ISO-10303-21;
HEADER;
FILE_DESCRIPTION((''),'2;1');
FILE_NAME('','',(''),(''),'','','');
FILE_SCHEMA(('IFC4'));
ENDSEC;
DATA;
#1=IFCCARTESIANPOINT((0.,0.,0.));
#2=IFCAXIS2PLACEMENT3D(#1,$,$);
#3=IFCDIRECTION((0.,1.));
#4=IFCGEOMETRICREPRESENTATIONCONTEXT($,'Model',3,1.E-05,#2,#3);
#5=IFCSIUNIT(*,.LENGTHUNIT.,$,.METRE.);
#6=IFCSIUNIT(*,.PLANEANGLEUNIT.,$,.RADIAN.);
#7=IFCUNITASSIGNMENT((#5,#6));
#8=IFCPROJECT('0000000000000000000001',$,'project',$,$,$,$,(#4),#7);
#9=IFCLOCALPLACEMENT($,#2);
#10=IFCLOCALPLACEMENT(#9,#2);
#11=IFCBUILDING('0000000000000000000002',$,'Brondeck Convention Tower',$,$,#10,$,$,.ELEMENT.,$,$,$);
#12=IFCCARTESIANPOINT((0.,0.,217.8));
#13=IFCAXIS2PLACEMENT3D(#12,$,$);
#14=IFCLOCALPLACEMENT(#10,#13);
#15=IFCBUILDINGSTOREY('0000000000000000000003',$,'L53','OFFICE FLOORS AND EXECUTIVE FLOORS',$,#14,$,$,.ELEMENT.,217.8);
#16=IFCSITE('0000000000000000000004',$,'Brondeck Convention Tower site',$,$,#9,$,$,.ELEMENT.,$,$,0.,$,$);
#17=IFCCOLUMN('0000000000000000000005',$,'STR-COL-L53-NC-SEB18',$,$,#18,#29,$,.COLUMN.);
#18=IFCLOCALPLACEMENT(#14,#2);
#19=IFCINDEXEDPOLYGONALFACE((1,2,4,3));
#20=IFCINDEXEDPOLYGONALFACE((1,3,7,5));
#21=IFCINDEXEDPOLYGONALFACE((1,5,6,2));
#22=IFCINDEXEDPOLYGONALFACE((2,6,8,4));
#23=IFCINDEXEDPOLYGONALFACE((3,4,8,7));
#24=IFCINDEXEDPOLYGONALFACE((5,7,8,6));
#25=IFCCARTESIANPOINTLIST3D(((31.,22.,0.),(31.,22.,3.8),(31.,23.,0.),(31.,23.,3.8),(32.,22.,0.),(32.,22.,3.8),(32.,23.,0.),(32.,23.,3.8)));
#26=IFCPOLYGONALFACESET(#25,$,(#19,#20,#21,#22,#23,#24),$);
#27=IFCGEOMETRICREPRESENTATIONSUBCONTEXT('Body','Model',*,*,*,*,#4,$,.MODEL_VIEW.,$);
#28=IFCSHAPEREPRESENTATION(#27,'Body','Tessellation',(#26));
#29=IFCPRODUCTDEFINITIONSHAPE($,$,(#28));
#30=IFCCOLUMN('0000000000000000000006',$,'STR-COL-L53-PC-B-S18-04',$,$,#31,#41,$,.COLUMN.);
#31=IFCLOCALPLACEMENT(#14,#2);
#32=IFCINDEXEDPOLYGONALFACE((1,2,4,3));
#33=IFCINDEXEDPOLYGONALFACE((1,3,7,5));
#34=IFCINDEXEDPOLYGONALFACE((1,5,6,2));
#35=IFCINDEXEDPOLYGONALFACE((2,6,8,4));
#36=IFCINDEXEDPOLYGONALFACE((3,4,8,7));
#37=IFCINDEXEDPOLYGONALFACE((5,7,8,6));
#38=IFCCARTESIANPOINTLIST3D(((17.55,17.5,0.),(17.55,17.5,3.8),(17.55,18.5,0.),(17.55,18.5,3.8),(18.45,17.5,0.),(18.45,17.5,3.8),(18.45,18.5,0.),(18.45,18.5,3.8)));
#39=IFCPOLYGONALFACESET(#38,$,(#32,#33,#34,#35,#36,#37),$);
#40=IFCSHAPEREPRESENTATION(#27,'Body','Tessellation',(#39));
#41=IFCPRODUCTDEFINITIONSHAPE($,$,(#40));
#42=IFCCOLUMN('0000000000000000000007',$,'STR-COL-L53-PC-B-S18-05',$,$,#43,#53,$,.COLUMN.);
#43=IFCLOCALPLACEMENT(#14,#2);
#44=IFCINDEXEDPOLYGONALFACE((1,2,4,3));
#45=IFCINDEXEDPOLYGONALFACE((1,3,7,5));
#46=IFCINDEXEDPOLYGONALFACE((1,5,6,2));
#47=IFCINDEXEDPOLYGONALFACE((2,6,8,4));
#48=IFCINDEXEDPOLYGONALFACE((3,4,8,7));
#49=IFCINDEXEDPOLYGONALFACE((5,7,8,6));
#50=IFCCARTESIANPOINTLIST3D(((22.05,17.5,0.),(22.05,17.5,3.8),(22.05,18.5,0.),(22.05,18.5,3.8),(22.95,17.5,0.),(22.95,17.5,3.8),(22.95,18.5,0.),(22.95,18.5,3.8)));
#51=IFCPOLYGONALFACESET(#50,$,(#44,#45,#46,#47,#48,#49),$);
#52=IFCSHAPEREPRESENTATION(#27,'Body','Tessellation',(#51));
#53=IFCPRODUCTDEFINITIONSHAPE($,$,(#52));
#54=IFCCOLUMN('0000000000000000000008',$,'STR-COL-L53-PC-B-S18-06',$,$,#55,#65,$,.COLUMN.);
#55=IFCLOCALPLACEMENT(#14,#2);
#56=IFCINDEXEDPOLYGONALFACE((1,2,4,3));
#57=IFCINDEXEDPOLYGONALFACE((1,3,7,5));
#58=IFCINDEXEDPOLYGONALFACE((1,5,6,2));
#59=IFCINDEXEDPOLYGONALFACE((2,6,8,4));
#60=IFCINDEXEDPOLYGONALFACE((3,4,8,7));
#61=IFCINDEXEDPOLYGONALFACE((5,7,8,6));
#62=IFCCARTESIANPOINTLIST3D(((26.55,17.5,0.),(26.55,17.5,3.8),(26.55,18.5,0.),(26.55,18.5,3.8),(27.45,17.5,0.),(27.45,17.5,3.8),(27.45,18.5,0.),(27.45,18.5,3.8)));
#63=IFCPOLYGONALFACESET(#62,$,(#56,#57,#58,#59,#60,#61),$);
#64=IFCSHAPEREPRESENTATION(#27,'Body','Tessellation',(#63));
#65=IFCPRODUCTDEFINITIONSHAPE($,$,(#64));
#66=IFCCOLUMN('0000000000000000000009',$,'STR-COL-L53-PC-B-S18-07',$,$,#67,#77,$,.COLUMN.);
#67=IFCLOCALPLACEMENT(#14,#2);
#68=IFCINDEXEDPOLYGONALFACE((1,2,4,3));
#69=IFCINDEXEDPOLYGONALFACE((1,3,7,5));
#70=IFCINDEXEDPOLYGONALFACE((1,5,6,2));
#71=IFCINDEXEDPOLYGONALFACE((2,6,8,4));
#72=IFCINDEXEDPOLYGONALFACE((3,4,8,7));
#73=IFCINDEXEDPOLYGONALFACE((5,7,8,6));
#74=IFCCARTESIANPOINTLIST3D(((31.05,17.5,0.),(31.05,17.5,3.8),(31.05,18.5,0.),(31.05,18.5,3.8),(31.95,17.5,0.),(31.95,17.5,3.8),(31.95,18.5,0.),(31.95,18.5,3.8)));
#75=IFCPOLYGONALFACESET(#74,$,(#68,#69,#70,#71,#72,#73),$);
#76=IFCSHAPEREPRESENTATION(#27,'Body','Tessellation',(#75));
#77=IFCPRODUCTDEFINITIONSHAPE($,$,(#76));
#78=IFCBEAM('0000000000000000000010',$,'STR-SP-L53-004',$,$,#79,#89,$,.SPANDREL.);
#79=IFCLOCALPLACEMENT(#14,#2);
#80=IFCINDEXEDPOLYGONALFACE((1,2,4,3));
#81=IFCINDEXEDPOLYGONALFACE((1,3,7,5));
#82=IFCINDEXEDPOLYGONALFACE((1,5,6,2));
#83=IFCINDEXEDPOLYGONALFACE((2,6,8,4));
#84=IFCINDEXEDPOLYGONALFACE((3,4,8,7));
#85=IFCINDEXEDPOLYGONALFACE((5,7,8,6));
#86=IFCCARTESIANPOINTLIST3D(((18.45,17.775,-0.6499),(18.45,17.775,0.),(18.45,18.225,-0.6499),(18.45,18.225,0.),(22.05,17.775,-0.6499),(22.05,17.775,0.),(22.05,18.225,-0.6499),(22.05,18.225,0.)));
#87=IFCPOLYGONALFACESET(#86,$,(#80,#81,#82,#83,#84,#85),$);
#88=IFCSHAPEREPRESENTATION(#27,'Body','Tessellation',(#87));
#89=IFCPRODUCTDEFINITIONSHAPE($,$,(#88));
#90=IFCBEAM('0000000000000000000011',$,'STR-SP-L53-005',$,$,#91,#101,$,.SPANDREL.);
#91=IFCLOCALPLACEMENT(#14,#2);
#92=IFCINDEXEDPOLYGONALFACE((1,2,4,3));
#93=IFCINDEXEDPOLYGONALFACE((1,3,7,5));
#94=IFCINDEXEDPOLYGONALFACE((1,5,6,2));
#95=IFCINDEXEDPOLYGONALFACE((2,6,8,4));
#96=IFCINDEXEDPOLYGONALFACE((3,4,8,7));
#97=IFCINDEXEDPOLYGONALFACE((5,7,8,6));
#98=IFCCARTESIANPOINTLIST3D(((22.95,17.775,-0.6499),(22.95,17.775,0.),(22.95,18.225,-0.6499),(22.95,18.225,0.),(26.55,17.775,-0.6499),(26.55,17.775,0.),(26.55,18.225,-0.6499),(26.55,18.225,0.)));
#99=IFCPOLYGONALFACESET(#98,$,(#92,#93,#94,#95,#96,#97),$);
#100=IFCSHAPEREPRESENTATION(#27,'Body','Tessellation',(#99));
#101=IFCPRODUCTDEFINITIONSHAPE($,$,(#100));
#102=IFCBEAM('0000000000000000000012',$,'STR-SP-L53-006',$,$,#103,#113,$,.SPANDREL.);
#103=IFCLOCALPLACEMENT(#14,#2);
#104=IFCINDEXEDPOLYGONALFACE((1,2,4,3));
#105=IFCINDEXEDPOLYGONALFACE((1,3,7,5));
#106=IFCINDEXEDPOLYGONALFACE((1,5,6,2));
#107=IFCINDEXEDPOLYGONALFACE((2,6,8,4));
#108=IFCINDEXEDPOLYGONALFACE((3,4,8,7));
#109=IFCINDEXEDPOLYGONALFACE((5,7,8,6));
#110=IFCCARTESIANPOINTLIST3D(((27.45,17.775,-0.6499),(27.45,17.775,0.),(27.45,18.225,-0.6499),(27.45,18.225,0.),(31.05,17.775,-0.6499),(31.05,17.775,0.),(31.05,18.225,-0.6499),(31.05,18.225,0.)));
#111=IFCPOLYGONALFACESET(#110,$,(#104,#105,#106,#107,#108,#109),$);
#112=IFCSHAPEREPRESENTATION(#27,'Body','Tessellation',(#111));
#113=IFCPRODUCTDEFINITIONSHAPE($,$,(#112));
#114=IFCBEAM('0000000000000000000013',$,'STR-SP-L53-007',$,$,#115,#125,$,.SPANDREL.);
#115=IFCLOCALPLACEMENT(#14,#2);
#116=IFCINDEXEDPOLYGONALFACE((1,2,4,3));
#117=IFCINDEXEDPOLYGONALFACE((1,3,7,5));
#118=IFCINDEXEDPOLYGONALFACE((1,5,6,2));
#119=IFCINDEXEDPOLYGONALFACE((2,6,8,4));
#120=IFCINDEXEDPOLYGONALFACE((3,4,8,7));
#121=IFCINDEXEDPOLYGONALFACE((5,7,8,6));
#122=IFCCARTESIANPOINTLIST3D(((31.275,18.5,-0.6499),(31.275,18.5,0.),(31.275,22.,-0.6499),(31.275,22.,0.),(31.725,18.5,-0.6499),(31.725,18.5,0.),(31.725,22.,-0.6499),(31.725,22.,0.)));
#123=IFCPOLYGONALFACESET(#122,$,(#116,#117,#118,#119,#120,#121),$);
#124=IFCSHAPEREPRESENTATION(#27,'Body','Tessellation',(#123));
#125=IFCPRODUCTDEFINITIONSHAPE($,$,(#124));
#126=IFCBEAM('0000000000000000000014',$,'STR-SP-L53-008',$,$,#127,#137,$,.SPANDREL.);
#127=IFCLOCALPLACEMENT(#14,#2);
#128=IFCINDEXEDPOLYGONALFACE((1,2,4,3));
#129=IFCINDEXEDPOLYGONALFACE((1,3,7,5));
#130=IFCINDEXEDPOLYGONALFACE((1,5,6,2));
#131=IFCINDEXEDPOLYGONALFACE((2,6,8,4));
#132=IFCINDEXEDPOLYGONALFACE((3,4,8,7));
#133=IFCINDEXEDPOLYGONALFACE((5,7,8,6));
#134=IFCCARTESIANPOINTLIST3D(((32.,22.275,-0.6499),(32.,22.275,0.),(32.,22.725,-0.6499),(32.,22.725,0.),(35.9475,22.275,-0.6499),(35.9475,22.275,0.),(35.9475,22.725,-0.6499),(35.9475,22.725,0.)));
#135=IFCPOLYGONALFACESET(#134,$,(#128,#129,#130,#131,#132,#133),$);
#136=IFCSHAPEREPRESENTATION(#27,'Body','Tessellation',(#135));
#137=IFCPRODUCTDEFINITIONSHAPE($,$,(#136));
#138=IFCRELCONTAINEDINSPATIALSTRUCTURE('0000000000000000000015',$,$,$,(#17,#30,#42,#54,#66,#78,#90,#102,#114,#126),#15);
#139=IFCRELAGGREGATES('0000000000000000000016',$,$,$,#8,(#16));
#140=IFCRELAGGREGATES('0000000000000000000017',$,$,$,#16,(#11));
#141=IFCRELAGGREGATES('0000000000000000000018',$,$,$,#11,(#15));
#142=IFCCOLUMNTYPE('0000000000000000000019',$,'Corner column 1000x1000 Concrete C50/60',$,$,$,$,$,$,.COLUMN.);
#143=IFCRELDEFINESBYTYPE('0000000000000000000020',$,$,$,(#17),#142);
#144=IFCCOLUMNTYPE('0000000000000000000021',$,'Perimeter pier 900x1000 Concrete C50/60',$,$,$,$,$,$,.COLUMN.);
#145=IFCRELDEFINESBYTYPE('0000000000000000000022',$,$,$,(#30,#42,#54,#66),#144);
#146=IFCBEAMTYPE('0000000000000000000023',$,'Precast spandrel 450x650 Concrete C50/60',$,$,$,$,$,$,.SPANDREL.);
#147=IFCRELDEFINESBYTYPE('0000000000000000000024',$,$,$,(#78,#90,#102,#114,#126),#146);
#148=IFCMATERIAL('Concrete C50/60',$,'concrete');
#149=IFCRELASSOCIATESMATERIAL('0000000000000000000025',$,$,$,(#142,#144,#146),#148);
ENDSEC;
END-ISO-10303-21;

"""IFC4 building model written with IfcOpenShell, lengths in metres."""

from ifc_helpers import new_model, si_unit, direction, frame, origin, origin_2d, place, context, subcontext, project, spatial, rectangle, extrude, material, material_profile, profile_set, type_object, element, save


model = new_model("IFC4")

# Units and contexts
model_context = context("Model", 3, precision=1e-05, world=origin(), true_north=direction((0.0, 1.0)))
body_context = subcontext(model_context, "Body", "Model", "MODEL_VIEW")
ifc_project = project(units=[si_unit("LENGTHUNIT", "METRE"), si_unit("PLANEANGLEUNIT", "RADIAN")], contexts=[model_context])

# Site, building, storey
site_placement = place(None, origin())
site = spatial("IfcSite", under=ifc_project, at=site_placement, Name="Brondeck Convention Tower site", CompositionType="ELEMENT", RefElevation=0.0)
building_placement = place(site_placement, origin())
building = spatial("IfcBuilding", under=site, at=building_placement, Name="Brondeck Convention Tower", CompositionType="ELEMENT")
storey_placement = place(building_placement, frame((0.0, 0.0, 217.8)))
storey = spatial("IfcBuildingStorey", under=building, at=storey_placement, Name="L53", Description="OFFICE FLOORS AND EXECUTIVE FLOORS", CompositionType="ELEMENT", Elevation=217.8)

# Columns
ifc_material_1 = material(Name="Concrete C50/60", Category="concrete")
ifc_material_profile_1 = material_profile(ifc_material_1, rectangle(XDim=1.0, YDim=1.0, at=origin_2d()), Name="Corner column 1000x1000 Concrete C50/60")
ifc_profile_set_1 = profile_set([ifc_material_profile_1], Name="Concrete C50/60")
column_type_1 = type_object("IfcColumnType", Name="Corner column 1000x1000 Concrete C50/60", PredefinedType="COLUMN", material=ifc_profile_set_1)
column_placement = place(storey_placement, frame((31.5, 22.5, 0.0), z_axis=(0.0, 0.0, 1.0), x_axis=(1.0, 0.0, 0.0)))
element("IfcColumn", 1, at=column_placement, inside=storey, type_object=column_type_1, Name="STR-COL-L53-NC-SEB18", PredefinedType="COLUMN", context=body_context, shape_type="SweptSolid", body=[
    extrude(rectangle(XDim=1.0, YDim=1.0, at=origin_2d()), origin(), (0.0, 0.0, 1.0), 3.8),
])
ifc_material_profile_2 = material_profile(ifc_material_1, rectangle(XDim=0.8999, YDim=1.0, at=origin_2d()), Name="Perimeter pier 900x1000 Concrete C50/60")
ifc_profile_set_2 = profile_set([ifc_material_profile_2], Name="Concrete C50/60")
column_type_2 = type_object("IfcColumnType", Name="Perimeter pier 900x1000 Concrete C50/60", PredefinedType="COLUMN", material=ifc_profile_set_2)
for number, where, z_axis, x_axis, name in (
    (2, (18.0, 18.0, 0.0), (0.0, 0.0, 1.0), (1.0, 0.0, 0.0), "STR-COL-L53-PC-B-S18-04"),
    (3, (22.5, 18.0, 0.0), (0.0, 0.0, 1.0), (1.0, 0.0, 0.0), "STR-COL-L53-PC-B-S18-05"),
    (4, (27.0, 18.0, 0.0), (0.0, 0.0, 1.0), (1.0, 0.0, 0.0), "STR-COL-L53-PC-B-S18-06"),
    (5, (31.5, 18.0, 0.0), (0.0, 0.0, 1.0), (1.0, 0.0, 0.0), "STR-COL-L53-PC-B-S18-07"),
):
    element("IfcColumn", number, at=place(storey_placement, frame(where, z_axis=z_axis, x_axis=x_axis)), inside=storey, type_object=column_type_2, Name=name, PredefinedType="COLUMN", context=body_context, shape_type="SweptSolid", body=[
        extrude(rectangle(XDim=0.8999, YDim=1.0, at=origin_2d()), origin(), (0.0, 0.0, 1.0), 3.8),
    ])

# Beams
ifc_material_profile_3 = material_profile(ifc_material_1, rectangle(XDim=0.45, YDim=0.6499, at=origin_2d()), Name="Precast spandrel 450x650 Concrete C50/60")
ifc_profile_set_3 = profile_set([ifc_material_profile_3], Name="Concrete C50/60")
beam_type = type_object("IfcBeamType", Name="Precast spandrel 450x650 Concrete C50/60", PredefinedType="SPANDREL", material=ifc_profile_set_3)
for number, where, z_axis, x_axis, name in (
    (6, (18.45, 18.0, -0.325), (1.0, 0.0, 0.0), (0.0, 1.0, 0.0), "STR-SP-L53-004"),
    (7, (22.95, 18.0, -0.325), (1.0, 0.0, 0.0), (0.0, 1.0, 0.0), "STR-SP-L53-005"),
    (8, (27.45, 18.0, -0.325), (1.0, 0.0, 0.0), (0.0, 1.0, 0.0), "STR-SP-L53-006"),
):
    element("IfcBeam", number, at=place(storey_placement, frame(where, z_axis=z_axis, x_axis=x_axis)), inside=storey, type_object=beam_type, Name=name, PredefinedType="SPANDREL", context=body_context, shape_type="SweptSolid", body=[
        extrude(rectangle(XDim=0.45, YDim=0.6499, at=origin_2d()), origin(), (0.0, 0.0, 1.0), 3.6001),
    ])
beam_1_placement = place(storey_placement, frame((31.5, 18.5, -0.325), z_axis=(0.0, 1.0, 0.0), x_axis=(-1.0, 0.0, 0.0)))
element("IfcBeam", 9, at=beam_1_placement, inside=storey, type_object=beam_type, Name="STR-SP-L53-007", PredefinedType="SPANDREL", context=body_context, shape_type="SweptSolid", body=[
    extrude(rectangle(XDim=0.45, YDim=0.6499, at=origin_2d()), origin(), (0.0, 0.0, 1.0), 3.5),
])
beam_2_placement = place(storey_placement, frame((32.0, 22.5, -0.325), z_axis=(1.0, 0.0, 0.0), x_axis=(0.0, 1.0, 0.0)))
element("IfcBeam", 10, at=beam_2_placement, inside=storey, type_object=beam_type, Name="STR-SP-L53-008", PredefinedType="SPANDREL", context=body_context, shape_type="SweptSolid", body=[
    extrude(rectangle(XDim=0.45, YDim=0.6499, at=origin_2d()), origin(), (0.0, 0.0, 1.0), 3.9475),
])

save(model, "model.ifc")
